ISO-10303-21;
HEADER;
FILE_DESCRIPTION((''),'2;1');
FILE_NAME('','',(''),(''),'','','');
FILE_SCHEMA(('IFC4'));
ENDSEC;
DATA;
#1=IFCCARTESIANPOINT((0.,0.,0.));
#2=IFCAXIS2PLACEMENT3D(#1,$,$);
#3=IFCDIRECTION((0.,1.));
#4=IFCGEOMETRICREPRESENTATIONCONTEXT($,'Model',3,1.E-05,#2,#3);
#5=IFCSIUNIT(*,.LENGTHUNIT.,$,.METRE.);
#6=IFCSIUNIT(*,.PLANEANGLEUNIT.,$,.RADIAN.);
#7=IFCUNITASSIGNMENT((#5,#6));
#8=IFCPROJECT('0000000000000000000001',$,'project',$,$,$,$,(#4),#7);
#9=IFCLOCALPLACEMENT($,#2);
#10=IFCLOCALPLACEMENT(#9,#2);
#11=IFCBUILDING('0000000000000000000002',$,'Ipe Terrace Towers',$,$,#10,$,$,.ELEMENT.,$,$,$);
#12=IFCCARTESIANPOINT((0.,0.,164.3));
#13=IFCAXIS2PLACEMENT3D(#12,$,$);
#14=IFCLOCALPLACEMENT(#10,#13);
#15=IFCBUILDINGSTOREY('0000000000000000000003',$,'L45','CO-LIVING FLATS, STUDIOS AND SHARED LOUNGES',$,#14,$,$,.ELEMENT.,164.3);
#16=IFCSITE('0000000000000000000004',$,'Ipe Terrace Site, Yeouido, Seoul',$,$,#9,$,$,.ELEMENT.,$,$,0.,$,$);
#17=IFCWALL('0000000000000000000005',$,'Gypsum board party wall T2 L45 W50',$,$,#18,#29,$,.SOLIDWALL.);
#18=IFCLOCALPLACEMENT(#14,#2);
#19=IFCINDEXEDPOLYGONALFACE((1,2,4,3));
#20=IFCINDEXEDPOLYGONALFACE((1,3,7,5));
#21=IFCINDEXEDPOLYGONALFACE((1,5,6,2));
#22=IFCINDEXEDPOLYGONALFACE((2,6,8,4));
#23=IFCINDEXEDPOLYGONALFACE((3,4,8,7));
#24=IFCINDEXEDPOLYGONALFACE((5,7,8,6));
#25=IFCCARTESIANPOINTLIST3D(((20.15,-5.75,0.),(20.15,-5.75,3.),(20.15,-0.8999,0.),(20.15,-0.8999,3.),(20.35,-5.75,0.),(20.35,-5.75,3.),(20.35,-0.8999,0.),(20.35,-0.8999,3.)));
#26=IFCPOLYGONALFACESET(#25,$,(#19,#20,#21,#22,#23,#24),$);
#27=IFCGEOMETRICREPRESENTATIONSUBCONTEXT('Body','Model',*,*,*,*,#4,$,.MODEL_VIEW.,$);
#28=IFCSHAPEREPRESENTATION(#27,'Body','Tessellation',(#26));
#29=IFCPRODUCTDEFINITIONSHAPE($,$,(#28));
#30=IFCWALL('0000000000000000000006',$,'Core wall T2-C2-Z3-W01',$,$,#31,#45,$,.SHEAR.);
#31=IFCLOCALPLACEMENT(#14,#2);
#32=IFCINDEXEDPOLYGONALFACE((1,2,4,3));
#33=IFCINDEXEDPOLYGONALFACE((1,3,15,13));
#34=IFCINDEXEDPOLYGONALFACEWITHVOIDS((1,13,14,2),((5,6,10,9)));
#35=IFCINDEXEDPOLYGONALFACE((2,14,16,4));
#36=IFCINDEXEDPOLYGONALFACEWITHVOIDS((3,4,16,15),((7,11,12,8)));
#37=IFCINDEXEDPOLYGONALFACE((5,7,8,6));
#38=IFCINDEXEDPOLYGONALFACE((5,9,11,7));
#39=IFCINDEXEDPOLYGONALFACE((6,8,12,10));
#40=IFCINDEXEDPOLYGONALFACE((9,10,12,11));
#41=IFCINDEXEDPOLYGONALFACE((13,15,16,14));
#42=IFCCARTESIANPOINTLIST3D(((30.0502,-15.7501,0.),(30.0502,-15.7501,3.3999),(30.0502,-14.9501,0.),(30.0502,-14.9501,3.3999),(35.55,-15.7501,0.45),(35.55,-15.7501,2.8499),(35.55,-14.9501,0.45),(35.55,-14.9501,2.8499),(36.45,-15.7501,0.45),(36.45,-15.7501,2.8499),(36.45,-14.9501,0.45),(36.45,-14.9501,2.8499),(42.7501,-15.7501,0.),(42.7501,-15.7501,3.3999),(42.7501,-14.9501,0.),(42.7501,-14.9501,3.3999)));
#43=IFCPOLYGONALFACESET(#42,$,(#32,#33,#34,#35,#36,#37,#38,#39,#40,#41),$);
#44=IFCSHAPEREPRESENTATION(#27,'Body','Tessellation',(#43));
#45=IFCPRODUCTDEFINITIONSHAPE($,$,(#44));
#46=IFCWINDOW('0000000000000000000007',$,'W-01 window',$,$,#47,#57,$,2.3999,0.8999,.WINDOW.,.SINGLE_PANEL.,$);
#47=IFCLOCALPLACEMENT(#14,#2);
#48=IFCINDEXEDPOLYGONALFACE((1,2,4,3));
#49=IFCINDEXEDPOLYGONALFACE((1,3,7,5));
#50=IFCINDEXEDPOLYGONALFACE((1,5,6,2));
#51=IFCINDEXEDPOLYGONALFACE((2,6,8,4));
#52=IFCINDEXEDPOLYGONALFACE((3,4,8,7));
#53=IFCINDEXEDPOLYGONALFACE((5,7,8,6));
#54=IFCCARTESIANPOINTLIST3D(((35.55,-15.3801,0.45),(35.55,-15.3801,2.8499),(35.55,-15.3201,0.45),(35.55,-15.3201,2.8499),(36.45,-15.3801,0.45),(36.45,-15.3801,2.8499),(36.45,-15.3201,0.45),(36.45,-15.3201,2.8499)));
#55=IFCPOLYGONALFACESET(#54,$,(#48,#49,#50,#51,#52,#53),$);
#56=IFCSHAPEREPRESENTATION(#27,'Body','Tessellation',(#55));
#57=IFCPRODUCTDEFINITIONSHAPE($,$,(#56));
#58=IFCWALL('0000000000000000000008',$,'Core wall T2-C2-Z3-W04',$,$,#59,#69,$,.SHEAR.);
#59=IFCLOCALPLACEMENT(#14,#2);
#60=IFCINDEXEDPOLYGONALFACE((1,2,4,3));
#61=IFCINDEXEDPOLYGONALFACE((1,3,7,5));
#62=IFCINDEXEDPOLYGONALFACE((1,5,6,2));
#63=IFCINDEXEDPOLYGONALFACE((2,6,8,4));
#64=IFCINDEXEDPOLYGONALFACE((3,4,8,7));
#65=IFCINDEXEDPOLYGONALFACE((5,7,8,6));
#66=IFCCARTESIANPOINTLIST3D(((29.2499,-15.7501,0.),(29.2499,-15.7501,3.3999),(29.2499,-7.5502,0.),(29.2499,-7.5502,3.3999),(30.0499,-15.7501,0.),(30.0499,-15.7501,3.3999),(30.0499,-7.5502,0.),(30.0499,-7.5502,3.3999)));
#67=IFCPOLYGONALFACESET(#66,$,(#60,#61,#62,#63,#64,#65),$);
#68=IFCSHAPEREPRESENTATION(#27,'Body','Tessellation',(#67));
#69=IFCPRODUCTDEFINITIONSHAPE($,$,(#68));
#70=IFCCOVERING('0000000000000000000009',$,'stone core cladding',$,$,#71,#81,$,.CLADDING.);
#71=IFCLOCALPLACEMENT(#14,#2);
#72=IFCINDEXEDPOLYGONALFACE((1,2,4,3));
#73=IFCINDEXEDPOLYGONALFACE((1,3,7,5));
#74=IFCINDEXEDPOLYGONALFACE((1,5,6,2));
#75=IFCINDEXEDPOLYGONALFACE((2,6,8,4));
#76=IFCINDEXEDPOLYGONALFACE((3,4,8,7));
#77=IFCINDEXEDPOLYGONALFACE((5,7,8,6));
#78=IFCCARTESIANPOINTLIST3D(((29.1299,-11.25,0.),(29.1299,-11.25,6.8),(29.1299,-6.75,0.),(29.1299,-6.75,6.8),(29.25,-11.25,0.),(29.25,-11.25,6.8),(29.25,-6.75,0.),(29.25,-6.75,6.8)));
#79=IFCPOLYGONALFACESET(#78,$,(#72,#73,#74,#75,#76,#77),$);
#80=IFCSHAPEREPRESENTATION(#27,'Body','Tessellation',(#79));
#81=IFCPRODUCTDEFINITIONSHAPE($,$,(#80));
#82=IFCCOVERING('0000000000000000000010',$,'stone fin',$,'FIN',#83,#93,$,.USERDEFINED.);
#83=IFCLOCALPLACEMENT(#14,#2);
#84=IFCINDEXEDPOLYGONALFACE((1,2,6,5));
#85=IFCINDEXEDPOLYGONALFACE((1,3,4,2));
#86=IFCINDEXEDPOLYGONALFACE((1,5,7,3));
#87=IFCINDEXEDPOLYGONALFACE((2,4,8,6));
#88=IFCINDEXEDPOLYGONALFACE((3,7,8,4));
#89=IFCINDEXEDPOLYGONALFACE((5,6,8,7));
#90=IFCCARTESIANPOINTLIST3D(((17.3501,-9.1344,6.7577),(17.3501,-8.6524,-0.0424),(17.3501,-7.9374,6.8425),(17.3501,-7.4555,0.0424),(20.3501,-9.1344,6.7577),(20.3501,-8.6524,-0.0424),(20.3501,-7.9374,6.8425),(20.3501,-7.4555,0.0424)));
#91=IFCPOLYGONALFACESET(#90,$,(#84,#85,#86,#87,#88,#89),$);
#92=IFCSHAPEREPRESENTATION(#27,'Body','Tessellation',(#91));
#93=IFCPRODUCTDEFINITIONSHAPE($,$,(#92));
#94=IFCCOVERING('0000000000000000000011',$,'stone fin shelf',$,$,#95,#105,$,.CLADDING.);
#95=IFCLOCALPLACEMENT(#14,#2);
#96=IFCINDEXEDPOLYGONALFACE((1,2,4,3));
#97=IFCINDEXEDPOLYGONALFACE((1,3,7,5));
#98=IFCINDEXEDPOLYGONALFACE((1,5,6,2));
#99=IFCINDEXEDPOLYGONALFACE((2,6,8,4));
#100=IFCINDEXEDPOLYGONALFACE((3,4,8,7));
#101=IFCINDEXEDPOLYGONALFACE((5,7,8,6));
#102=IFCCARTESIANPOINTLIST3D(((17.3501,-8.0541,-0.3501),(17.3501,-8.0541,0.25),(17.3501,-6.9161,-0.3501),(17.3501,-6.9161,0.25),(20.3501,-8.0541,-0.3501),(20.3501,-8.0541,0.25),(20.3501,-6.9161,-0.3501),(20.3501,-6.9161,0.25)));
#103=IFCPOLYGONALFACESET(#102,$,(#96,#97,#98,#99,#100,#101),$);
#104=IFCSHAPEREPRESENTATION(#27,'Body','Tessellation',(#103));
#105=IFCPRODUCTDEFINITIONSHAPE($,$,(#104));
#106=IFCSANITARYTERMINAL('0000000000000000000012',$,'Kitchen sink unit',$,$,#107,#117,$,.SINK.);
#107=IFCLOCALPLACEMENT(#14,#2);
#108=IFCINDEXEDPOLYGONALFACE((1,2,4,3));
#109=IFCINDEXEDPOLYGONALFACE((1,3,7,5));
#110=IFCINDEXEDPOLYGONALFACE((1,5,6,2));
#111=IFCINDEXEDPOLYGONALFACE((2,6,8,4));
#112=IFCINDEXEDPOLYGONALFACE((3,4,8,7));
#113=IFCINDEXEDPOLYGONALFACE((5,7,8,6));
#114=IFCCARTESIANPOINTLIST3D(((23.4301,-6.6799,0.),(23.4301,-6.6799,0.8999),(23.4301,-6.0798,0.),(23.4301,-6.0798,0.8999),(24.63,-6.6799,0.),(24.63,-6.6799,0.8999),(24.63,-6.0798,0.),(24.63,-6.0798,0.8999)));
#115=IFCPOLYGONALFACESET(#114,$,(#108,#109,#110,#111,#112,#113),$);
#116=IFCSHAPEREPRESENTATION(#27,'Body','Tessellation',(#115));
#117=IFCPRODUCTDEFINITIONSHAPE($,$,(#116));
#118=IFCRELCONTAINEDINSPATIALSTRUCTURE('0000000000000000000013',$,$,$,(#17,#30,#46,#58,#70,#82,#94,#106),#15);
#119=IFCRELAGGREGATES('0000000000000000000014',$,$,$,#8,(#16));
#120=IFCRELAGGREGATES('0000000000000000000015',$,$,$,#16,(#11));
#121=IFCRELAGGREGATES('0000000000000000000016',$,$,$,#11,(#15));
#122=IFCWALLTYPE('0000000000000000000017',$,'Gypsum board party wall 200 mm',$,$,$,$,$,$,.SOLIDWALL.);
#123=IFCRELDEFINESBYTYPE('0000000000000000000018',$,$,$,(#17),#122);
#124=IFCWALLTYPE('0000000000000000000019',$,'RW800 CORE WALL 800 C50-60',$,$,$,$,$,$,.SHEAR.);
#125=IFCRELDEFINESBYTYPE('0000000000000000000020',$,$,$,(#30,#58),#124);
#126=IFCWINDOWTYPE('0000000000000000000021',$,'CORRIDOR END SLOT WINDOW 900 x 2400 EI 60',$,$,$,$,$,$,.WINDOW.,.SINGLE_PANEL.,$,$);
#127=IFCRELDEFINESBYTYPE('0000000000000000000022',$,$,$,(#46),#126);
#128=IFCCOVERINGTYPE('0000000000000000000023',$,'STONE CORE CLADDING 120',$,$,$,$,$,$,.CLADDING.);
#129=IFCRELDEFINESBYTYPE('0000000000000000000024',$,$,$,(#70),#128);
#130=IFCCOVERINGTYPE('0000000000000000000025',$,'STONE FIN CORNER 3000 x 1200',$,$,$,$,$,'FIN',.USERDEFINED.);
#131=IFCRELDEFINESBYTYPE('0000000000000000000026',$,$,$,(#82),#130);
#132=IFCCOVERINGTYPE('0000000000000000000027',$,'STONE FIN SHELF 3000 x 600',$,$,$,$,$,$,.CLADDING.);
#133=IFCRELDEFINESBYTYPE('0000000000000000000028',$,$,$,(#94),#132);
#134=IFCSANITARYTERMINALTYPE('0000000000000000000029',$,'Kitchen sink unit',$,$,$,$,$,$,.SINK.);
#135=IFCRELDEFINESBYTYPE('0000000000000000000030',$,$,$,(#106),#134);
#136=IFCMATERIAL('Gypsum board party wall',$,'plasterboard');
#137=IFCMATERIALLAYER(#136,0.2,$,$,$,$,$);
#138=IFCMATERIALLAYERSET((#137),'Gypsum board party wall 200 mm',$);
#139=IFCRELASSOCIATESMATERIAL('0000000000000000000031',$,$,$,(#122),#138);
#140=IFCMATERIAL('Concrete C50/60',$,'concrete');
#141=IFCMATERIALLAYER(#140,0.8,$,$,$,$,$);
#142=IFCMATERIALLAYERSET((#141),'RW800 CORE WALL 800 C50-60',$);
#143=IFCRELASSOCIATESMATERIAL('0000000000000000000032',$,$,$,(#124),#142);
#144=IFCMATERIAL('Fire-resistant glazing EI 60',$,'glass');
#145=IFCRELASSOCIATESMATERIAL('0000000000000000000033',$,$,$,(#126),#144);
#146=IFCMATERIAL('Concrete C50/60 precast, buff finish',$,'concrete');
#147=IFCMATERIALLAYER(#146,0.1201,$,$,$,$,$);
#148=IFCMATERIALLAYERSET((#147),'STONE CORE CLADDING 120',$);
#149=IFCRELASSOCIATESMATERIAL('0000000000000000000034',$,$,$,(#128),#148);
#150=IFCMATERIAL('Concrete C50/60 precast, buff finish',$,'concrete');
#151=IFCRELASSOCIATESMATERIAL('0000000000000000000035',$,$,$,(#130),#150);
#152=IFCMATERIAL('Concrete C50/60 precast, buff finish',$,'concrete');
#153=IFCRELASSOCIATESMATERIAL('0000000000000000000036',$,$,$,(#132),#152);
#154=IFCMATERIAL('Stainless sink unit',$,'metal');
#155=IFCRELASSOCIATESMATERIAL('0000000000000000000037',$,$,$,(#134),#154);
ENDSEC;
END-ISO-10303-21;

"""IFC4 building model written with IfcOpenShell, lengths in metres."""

from ifc_helpers import new_model, si_unit, direction, frame, frame_2d, origin, origin_2d, place, context, subcontext, project, spatial, rectangle, extrude, material, layer, layer_set, material_profile, profile_set, type_object, element, fill, save


model = new_model("IFC4")

# Units and contexts
model_context = context("Model", 3, precision=1e-05, world=origin(), true_north=direction((0.0, 1.0)))
body_context = subcontext(model_context, "Body", "Model", "MODEL_VIEW")
ifc_project = project(units=[si_unit("LENGTHUNIT", "METRE"), si_unit("PLANEANGLEUNIT", "RADIAN")], contexts=[model_context])

# Site, building, storey
site_placement = place(None, origin())
site = spatial("IfcSite", under=ifc_project, at=site_placement, Name="Ipe Terrace Site, Yeouido, Seoul", CompositionType="ELEMENT", RefElevation=0.0)
building_placement = place(site_placement, origin())
building = spatial("IfcBuilding", under=site, at=building_placement, Name="Ipe Terrace Towers", CompositionType="ELEMENT")
storey_placement = place(building_placement, frame((0.0, 0.0, 164.3)))
storey = spatial("IfcBuildingStorey", under=building, at=storey_placement, Name="L45", Description="CO-LIVING FLATS, STUDIOS AND SHARED LOUNGES", CompositionType="ELEMENT", Elevation=164.3)

# Wall
ifc_material_1 = material(Name="Gypsum board party wall", Category="plasterboard")
ifc_layer_1 = layer(ifc_material_1, 0.2)
ifc_layer_set_1 = layer_set([ifc_layer_1], Name="Gypsum board party wall 200 mm")
wall_type_1 = type_object("IfcWallType", Name="Gypsum board party wall 200 mm", PredefinedType="SOLIDWALL", material=ifc_layer_set_1)
wall_1_placement = place(storey_placement, frame((20.25, -5.75, 0.0), z_axis=(0.0, 0.0, 1.0), x_axis=(0.0, 1.0, 0.0)))
element("IfcWall", 1, at=wall_1_placement, inside=storey, type_object=wall_type_1, Name="Gypsum board party wall T2 L45 W50", PredefinedType="SOLIDWALL", context=body_context, shape_type="SweptSolid", body=[
    extrude(rectangle(XDim=4.8501, YDim=0.2, at=frame_2d((2.425, 0.0))), origin(), (0.0, 0.0, 1.0), 3.0),
])

# Wall, opening, window
ifc_material_2 = material(Name="Concrete C50/60", Category="concrete")
ifc_layer_2 = layer(ifc_material_2, 0.8)
ifc_layer_set_2 = layer_set([ifc_layer_2], Name="RW800 CORE WALL 800 C50-60")
wall_type_2 = type_object("IfcWallType", Name="RW800 CORE WALL 800 C50-60", PredefinedType="SHEAR", material=ifc_layer_set_2)
wall_2_placement = place(storey_placement, frame((30.05, -15.3501, 0.0), z_axis=(0.0, 0.0, 1.0), x_axis=(1.0, 0.0, 0.0)))
wall_2 = element("IfcWall", 2, at=wall_2_placement, inside=storey, type_object=wall_type_2, Name="Core wall T2-C2-Z3-W01", PredefinedType="SHEAR", context=body_context, shape_type="SweptSolid", body=[
    extrude(rectangle(XDim=12.7, YDim=0.8, at=frame_2d((6.3501, 0.0))), origin(), (0.0, 0.0, 1.0), 3.3999),
])
opening_1_placement = place(wall_2_placement, frame((5.5, 0.0, 0.45)))
opening_1 = element("IfcOpeningElement", 3, at=opening_1_placement, cuts=wall_2, PredefinedType="OPENING", context=body_context, shape_type="SweptSolid", body=[
    extrude(rectangle(XDim=0.8999, YDim=2.3999, at=frame_2d((0.45, 1.2))), frame((0.0, 0.4102, 0.0), z_axis=(0.0, -1.0, 0.0), x_axis=(1.0, 0.0, 0.0)), (0.0, 0.0, 1.0), 0.8201),
])
ifc_material_3 = material(Name="Fire-resistant glazing EI 60", Category="glass")
window_type = type_object("IfcWindowType", Name="CORRIDOR END SLOT WINDOW 900 x 2400 EI 60", PartitioningType="SINGLE_PANEL", PredefinedType="WINDOW", material=ifc_material_3)
window_placement = place(opening_1_placement, origin())
window = element("IfcWindow", 4, at=window_placement, inside=storey, type_object=window_type, Name="W-01 window", OverallHeight=2.3999, OverallWidth=0.8999, PartitioningType="SINGLE_PANEL", PredefinedType="WINDOW", context=body_context, shape_type="SweptSolid", body=[
    extrude(rectangle(XDim=0.8999, YDim=2.3999, at=frame_2d((0.45, 1.2))), frame((0.0, 0.03, 0.0), z_axis=(0.0, -1.0, 0.0), x_axis=(1.0, 0.0, 0.0)), (0.0, 0.0, 1.0), 0.0601),
])
fill(opening_1, window)

# Wall
wall_3_placement = place(storey_placement, frame((29.6499, -7.55, 0.0), z_axis=(0.0, 0.0, 1.0), x_axis=(0.0, -1.0, 0.0)))
element("IfcWall", 5, at=wall_3_placement, inside=storey, type_object=wall_type_2, Name="Core wall T2-C2-Z3-W04", PredefinedType="SHEAR", context=body_context, shape_type="SweptSolid", body=[
    extrude(rectangle(XDim=8.2, YDim=0.8, at=frame_2d((4.1001, 0.0))), origin(), (0.0, 0.0, 1.0), 3.3999),
])

# Coverings
ifc_material_4 = material(Name="Concrete C50/60 precast, buff finish", Category="concrete")
ifc_layer_3 = layer(ifc_material_4, 0.1201)
ifc_layer_set_3 = layer_set([ifc_layer_3], Name="STONE CORE CLADDING 120")
covering_type_1 = type_object("IfcCoveringType", Name="STONE CORE CLADDING 120", PredefinedType="CLADDING", material=ifc_layer_set_3)
covering_1_placement = place(storey_placement, frame((29.1899, -9.0, 0.0), z_axis=(0.0, 0.0, 1.0), x_axis=(0.0, -1.0, 0.0)))
element("IfcCovering", 6, at=covering_1_placement, inside=storey, type_object=covering_type_1, Name="stone core cladding", PredefinedType="CLADDING", context=body_context, shape_type="SweptSolid", body=[
    extrude(rectangle(XDim=4.5, YDim=0.1201, at=origin_2d()), origin(), (0.0, 0.0, 1.0), 6.8),
])
ifc_material_5 = material(Name="Concrete C50/60 precast, buff finish", Category="concrete")
ifc_material_profile_1 = material_profile(ifc_material_5, rectangle(XDim=3.0, YDim=1.2, at=origin_2d()), Name="STONE FIN CORNER 3000 x 1200")
ifc_profile_set_1 = profile_set([ifc_material_profile_1], Name="Concrete C50/60 precast, buff finish")
covering_type_2 = type_object("IfcCoveringType", Name="STONE FIN CORNER 3000 x 1200", ElementType="FIN", PredefinedType="USERDEFINED", material=ifc_profile_set_1)
covering_2_placement = place(storey_placement, frame((18.8501, -8.054, 0.0), z_axis=(0.0, -0.070695, 0.997498), x_axis=(1.0, 0.0, 0.0)))
element("IfcCovering", 7, at=covering_2_placement, inside=storey, type_object=covering_type_2, Name="stone fin", ObjectType="FIN", PredefinedType="USERDEFINED", context=body_context, shape_type="SweptSolid", body=[
    extrude(rectangle(XDim=3.0, YDim=1.2, at=origin_2d()), origin(), (0.0, 0.0, 1.0), 6.8171),
])
ifc_material_6 = material(Name="Concrete C50/60 precast, buff finish", Category="concrete")
covering_type_3 = type_object("IfcCoveringType", Name="STONE FIN SHELF 3000 x 600", PredefinedType="CLADDING", material=ifc_material_6)
covering_3_placement = place(storey_placement, frame((18.8501, -7.4851, -0.3501), z_axis=(0.0, 0.0, 1.0), x_axis=(1.0, 0.0, 0.0)))
element("IfcCovering", 8, at=covering_3_placement, inside=storey, type_object=covering_type_3, Name="stone fin shelf", PredefinedType="CLADDING", context=body_context, shape_type="SweptSolid", body=[
    extrude(rectangle(XDim=3.0, YDim=1.1379, at=origin_2d()), origin(), (0.0, 0.0, 1.0), 0.6001),
])

# Sanitary terminal
ifc_material_7 = material(Name="Stainless sink unit", Category="metal")
sanitary_terminal_type = type_object("IfcSanitaryTerminalType", Name="Kitchen sink unit", PredefinedType="SINK", material=ifc_material_7)
sanitary_terminal_placement = place(storey_placement, frame((24.03, -6.3799, 0.0), z_axis=(0.0, 0.0, 1.0), x_axis=(-1.0, 0.0, 0.0)))
element("IfcSanitaryTerminal", 9, at=sanitary_terminal_placement, inside=storey, type_object=sanitary_terminal_type, Name="Kitchen sink unit", PredefinedType="SINK", context=body_context, shape_type="SweptSolid", body=[
    extrude(rectangle(XDim=1.2, YDim=0.6001, at=origin_2d()), origin(), (0.0, 0.0, 1.0), 0.8999),
])

save(model, "model.ifc")
